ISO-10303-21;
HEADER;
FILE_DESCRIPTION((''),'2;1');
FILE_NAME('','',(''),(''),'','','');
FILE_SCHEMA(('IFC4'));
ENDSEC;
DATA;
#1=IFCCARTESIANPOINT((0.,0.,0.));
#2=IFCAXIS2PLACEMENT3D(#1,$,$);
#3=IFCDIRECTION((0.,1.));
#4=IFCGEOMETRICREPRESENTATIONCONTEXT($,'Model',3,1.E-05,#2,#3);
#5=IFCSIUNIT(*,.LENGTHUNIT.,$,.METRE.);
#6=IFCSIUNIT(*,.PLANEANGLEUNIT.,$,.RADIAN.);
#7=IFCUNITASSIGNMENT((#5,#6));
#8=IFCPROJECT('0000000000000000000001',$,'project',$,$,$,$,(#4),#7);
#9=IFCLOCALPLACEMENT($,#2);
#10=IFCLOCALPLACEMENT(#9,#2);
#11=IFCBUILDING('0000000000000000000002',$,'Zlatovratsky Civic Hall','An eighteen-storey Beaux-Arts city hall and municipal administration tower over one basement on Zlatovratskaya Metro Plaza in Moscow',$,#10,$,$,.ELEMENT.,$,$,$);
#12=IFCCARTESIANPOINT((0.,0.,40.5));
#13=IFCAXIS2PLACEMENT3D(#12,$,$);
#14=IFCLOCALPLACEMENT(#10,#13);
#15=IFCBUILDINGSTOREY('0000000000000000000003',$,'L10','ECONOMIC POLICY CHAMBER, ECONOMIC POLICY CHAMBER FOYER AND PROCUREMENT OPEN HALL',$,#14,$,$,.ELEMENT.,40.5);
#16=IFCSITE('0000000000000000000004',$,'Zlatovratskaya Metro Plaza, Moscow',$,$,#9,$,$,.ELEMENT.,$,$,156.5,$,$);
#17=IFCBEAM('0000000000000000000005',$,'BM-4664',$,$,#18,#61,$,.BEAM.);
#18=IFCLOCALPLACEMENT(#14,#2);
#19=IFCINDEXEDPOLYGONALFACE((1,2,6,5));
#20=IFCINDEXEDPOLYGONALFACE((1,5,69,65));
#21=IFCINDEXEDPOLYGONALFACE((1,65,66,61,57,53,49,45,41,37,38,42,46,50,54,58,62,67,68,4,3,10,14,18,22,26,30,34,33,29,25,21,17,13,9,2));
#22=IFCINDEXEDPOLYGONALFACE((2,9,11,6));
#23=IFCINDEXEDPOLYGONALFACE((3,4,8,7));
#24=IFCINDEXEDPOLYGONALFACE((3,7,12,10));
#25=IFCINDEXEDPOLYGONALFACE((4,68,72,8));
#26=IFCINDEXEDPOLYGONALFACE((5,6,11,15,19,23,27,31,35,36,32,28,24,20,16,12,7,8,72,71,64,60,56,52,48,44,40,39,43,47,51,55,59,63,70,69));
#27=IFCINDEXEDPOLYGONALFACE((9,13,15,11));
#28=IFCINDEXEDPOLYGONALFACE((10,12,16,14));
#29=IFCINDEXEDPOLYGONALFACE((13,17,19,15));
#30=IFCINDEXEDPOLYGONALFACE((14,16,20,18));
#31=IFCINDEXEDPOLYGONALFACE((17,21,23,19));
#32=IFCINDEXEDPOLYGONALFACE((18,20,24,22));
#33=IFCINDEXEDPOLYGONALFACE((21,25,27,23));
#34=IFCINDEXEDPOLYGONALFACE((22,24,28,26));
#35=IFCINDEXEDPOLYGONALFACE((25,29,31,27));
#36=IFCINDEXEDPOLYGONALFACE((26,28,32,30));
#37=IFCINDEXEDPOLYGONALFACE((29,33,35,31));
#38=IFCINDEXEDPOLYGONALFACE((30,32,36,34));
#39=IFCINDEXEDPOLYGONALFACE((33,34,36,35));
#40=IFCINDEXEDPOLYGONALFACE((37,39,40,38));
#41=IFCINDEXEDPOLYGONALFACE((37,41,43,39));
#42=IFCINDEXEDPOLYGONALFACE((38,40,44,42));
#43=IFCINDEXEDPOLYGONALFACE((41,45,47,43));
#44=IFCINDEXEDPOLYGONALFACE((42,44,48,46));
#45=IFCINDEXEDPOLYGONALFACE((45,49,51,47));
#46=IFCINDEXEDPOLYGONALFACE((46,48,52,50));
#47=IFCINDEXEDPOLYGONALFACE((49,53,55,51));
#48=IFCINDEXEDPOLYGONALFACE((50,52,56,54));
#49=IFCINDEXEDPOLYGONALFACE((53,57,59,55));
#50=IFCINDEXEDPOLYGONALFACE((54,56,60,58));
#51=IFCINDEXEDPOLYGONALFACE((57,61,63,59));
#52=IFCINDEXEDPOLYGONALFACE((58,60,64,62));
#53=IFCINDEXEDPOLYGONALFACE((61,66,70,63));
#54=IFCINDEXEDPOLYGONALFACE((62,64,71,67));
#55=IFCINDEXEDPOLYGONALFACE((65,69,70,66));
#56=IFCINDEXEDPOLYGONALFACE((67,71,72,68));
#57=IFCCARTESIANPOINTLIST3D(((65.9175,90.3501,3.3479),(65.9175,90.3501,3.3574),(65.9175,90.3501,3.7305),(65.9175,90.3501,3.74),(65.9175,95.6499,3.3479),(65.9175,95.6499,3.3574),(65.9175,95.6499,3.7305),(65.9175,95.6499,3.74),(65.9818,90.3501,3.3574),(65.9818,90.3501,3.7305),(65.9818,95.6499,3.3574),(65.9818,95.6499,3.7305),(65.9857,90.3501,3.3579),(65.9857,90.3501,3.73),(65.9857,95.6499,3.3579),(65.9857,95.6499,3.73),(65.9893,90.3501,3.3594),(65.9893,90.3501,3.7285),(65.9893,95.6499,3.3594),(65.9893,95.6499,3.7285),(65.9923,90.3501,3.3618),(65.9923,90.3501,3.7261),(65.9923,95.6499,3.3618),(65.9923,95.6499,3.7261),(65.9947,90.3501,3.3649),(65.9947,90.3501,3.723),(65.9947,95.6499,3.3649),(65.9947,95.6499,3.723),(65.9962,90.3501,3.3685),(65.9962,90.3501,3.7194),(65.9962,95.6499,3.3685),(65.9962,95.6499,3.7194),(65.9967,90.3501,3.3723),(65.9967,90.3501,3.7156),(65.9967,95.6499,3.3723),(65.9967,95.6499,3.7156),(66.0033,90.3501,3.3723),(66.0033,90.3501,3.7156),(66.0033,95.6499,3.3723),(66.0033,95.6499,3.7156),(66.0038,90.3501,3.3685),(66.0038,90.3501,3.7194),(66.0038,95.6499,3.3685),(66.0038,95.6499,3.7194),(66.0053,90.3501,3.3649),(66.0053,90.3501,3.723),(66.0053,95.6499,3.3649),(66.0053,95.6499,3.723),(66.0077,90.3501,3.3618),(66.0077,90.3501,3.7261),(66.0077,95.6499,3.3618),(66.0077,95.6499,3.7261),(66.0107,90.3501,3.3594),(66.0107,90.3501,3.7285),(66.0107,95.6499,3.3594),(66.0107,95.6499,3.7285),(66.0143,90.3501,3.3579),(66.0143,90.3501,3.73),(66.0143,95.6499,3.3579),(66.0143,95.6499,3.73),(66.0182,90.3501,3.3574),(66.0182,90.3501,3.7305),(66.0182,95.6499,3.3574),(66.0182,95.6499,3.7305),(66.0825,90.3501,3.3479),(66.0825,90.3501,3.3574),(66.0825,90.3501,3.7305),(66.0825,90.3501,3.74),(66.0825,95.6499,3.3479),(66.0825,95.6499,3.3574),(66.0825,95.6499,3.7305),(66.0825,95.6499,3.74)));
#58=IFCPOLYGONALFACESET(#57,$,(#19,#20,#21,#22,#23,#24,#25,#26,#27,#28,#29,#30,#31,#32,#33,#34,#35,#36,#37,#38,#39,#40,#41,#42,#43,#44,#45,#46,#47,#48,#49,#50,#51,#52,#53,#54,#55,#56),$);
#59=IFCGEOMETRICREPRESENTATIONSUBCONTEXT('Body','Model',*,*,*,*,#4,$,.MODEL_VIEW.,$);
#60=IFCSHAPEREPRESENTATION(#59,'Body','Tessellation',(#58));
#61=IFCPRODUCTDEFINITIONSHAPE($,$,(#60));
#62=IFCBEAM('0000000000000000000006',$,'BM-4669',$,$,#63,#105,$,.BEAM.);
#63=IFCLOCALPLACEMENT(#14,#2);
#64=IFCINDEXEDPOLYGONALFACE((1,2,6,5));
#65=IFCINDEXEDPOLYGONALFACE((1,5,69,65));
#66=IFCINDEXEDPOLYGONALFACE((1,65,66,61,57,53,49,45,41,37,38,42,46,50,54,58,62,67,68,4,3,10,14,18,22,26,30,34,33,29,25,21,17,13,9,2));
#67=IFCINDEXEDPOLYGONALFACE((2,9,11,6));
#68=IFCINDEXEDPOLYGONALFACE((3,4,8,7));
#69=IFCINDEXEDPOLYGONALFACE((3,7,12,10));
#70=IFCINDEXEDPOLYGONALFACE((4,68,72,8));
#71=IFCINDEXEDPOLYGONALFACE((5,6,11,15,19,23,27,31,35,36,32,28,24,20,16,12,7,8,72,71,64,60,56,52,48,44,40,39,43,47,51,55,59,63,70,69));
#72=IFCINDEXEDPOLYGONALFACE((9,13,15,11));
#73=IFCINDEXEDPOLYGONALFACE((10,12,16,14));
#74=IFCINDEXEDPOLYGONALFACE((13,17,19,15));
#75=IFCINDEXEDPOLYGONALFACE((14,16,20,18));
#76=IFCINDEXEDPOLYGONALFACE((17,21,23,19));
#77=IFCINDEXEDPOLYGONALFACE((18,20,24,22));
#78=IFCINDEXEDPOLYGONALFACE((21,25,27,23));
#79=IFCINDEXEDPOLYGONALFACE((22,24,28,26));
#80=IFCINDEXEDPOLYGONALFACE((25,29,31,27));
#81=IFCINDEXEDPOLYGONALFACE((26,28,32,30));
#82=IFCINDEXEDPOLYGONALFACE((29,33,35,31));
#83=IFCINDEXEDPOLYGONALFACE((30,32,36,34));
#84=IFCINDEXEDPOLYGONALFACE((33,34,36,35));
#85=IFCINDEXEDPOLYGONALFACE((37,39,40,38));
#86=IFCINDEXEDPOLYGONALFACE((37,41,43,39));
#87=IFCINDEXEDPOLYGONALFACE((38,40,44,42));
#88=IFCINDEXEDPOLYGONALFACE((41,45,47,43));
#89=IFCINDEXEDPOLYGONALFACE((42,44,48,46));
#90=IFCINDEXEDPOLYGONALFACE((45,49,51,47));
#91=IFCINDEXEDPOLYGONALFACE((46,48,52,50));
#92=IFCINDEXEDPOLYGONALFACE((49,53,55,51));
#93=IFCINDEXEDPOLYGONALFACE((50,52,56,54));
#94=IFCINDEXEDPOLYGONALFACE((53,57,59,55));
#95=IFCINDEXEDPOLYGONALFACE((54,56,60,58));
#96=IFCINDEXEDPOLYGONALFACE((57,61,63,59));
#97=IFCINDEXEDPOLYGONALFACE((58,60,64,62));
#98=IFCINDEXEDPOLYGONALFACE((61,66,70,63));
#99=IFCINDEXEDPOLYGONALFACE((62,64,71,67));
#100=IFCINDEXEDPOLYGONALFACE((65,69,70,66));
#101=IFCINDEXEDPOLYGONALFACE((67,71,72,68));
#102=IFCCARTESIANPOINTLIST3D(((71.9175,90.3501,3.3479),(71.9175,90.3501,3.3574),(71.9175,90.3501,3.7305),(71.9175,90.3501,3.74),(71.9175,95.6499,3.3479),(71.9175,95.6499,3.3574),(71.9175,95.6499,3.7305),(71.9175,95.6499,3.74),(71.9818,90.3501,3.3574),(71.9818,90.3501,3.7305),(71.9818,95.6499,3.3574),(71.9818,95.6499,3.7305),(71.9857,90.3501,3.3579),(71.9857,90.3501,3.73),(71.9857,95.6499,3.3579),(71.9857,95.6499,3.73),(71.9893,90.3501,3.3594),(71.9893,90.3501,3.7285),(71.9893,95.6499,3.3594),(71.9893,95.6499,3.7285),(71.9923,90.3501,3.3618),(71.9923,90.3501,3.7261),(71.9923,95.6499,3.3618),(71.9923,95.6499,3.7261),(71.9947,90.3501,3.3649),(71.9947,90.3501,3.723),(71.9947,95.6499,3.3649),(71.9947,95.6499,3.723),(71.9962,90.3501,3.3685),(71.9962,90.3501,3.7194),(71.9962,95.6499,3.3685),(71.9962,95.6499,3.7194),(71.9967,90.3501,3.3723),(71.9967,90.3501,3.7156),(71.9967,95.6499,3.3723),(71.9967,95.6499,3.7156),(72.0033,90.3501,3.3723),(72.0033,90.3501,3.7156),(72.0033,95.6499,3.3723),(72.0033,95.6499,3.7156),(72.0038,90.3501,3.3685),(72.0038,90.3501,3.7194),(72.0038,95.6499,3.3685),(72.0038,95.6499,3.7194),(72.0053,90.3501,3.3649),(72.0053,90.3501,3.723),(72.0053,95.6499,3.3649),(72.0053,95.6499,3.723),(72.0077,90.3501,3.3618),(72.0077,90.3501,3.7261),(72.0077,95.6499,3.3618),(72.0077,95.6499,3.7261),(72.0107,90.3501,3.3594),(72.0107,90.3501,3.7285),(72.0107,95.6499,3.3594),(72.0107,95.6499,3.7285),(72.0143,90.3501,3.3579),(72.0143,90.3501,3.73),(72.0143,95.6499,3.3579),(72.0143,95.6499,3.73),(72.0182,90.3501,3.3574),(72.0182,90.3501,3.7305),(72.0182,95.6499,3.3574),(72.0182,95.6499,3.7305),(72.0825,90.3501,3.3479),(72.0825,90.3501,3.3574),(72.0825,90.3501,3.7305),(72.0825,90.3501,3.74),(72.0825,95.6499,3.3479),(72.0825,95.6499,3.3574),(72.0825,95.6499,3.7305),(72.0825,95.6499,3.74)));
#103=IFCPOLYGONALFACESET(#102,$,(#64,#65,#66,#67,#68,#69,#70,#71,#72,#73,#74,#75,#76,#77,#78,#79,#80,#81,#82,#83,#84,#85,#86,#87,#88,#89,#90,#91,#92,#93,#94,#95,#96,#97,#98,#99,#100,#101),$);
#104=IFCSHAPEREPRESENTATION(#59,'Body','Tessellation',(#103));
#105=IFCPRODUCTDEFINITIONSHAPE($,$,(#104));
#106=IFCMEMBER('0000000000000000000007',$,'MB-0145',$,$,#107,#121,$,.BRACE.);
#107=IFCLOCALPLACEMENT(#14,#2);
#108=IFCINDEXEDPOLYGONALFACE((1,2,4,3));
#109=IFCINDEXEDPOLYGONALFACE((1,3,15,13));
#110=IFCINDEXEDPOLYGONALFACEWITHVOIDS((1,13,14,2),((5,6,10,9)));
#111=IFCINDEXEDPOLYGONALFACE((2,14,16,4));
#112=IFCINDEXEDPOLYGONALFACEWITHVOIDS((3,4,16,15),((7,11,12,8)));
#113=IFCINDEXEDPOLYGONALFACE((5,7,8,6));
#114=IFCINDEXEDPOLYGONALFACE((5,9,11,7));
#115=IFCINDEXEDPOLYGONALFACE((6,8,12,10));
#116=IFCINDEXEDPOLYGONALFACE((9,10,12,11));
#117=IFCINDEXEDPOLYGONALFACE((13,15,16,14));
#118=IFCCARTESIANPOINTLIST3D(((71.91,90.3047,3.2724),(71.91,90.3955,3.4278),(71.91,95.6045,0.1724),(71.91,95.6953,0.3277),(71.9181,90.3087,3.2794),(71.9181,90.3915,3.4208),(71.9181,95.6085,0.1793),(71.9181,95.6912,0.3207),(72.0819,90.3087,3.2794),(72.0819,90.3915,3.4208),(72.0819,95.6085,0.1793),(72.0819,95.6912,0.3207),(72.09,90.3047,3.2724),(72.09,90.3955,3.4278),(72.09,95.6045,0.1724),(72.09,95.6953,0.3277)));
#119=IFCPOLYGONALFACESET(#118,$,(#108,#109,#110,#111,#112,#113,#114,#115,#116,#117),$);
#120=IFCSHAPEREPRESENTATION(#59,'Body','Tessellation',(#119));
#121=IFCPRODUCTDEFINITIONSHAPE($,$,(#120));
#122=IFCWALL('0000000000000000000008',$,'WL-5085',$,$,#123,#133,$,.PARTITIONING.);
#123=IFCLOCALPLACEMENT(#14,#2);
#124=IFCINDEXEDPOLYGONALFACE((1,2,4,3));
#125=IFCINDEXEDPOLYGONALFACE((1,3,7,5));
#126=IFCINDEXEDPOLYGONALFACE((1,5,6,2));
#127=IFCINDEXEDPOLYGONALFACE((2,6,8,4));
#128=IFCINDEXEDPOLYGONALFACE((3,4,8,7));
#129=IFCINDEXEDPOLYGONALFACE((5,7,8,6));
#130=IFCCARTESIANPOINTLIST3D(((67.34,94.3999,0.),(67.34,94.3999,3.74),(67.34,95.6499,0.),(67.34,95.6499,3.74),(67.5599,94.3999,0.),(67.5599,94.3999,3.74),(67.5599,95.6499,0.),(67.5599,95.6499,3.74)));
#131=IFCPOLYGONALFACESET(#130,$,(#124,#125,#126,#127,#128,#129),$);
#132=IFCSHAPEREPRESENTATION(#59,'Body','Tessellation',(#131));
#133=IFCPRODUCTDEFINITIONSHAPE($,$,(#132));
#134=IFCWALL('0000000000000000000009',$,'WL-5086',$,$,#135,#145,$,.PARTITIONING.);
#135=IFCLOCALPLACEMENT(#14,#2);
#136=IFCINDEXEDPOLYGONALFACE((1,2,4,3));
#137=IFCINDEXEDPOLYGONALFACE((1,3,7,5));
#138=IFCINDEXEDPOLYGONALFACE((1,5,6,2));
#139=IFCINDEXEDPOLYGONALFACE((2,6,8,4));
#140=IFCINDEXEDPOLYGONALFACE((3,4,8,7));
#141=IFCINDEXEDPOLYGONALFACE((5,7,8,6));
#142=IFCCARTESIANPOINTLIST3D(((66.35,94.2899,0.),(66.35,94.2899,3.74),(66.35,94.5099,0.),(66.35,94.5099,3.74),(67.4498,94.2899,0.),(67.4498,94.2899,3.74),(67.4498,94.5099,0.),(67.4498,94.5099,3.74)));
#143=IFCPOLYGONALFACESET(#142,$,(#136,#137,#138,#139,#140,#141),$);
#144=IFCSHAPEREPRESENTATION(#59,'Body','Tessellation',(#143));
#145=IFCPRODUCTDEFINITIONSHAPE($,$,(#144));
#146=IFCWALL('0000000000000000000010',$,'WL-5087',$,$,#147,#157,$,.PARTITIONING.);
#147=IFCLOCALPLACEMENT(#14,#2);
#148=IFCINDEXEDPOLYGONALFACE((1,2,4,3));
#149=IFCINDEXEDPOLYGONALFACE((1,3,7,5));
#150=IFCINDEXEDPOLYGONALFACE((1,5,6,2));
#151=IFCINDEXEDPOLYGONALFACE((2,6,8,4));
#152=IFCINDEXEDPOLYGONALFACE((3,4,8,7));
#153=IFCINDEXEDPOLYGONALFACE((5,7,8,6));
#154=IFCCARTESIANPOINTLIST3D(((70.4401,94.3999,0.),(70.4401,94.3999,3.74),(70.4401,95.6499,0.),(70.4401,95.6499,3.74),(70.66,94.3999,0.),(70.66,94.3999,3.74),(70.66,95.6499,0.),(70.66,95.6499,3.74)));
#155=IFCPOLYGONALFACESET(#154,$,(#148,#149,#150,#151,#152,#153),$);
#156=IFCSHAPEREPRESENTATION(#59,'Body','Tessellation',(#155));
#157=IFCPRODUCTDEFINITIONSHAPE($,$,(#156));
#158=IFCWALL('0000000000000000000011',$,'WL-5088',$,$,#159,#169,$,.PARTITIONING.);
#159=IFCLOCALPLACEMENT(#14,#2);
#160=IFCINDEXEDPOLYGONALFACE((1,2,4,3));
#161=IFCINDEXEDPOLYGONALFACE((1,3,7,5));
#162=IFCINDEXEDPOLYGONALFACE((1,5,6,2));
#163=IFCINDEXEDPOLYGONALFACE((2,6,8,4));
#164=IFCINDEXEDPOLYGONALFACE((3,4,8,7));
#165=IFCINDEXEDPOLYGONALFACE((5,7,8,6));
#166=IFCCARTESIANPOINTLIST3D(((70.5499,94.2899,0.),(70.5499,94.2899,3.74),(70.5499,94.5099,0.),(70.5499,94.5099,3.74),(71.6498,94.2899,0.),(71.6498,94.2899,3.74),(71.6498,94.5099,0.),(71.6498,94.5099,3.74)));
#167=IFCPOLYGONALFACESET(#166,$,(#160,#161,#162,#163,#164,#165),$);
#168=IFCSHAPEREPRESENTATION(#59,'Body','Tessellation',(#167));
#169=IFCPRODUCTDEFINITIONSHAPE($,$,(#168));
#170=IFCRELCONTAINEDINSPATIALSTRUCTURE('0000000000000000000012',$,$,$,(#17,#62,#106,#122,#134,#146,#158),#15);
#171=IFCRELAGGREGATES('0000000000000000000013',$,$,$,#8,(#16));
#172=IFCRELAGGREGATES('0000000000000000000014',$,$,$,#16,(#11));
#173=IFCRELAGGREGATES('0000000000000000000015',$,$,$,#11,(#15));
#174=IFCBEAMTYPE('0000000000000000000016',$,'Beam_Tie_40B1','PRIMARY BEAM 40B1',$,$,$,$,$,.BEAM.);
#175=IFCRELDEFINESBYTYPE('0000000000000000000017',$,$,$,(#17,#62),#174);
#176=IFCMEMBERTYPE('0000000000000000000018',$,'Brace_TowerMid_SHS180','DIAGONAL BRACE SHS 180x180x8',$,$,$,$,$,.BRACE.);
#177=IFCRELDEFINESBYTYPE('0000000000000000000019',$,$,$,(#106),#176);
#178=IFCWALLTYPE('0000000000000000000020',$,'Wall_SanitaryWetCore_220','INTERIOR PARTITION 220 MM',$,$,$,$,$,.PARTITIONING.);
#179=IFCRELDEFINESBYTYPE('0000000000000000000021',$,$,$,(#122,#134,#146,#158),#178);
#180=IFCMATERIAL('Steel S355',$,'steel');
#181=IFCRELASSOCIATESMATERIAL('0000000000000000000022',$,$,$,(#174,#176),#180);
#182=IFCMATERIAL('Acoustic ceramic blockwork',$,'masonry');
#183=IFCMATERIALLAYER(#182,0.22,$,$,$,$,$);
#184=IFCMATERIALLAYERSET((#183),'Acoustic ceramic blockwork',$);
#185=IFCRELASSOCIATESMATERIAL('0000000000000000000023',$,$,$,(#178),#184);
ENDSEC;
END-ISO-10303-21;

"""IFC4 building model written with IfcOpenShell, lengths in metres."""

from ifc_helpers import new_model, si_unit, direction, frame, frame_2d, origin, origin_2d, place, context, subcontext, project, spatial, rectangle, hollow_rectangle, i_section, extrude, material, layer, layer_set, material_profile, profile_set, type_object, element, save


model = new_model("IFC4")

# Units and contexts
model_context = context("Model", 3, precision=1e-05, world=origin(), true_north=direction((0.0, 1.0)))
body_context = subcontext(model_context, "Body", "Model", "MODEL_VIEW")
ifc_project = project(units=[si_unit("LENGTHUNIT", "METRE"), si_unit("PLANEANGLEUNIT", "RADIAN")], contexts=[model_context])

# Site, building, storey
site_placement = place(None, origin())
site = spatial("IfcSite", under=ifc_project, at=site_placement, Name="Zlatovratskaya Metro Plaza, Moscow", CompositionType="ELEMENT", RefElevation=156.5)
building_placement = place(site_placement, origin())
building = spatial("IfcBuilding", under=site, at=building_placement, Name="Zlatovratsky Civic Hall", Description="An eighteen-storey Beaux-Arts city hall and municipal administration tower over one basement on Zlatovratskaya Metro Plaza in Moscow", CompositionType="ELEMENT")
storey_placement = place(building_placement, frame((0.0, 0.0, 40.5)))
storey = spatial("IfcBuildingStorey", under=building, at=storey_placement, Name="L10", Description="ECONOMIC POLICY CHAMBER, ECONOMIC POLICY CHAMBER FOYER AND PROCUREMENT OPEN HALL", CompositionType="ELEMENT", Elevation=40.5)

# Beams
ifc_material_1 = material(Name="Steel S355", Category="steel")
ifc_material_profile_1 = material_profile(ifc_material_1, i_section(OverallWidth=0.165, OverallDepth=0.3921, WebThickness=0.0066, FlangeThickness=0.0095, FilletRadius=0.0149, at=origin_2d()), Name="40B1")
ifc_profile_set_1 = profile_set([ifc_material_profile_1], Name="Steel S355")
beam_type_1 = type_object("IfcBeamType", Name="Beam_Tie_40B1", Description="PRIMARY BEAM 40B1", PredefinedType="BEAM", material=ifc_profile_set_1)
for number, where, z_axis, x_axis, name in (
    (1, (66.0, 90.3501, 3.5439), (0.0, 1.0, 0.0), (-1.0, 0.0, 0.0), "BM-4664"),
    (2, (72.0, 90.3501, 3.5439), (0.0, 1.0, 0.0), (-1.0, 0.0, 0.0), "BM-4669"),
):
    element("IfcBeam", number, at=place(storey_placement, frame(where, z_axis=z_axis, x_axis=x_axis)), inside=storey, type_object=beam_type_1, Name=name, PredefinedType="BEAM", context=body_context, shape_type="SweptSolid", body=[
        extrude(i_section(OverallWidth=0.165, OverallDepth=0.3921, WebThickness=0.0066, FlangeThickness=0.0095, FilletRadius=0.0149, at=origin_2d()), origin(), (0.0, 0.0, 1.0), 5.2998),
    ])

# Member
ifc_material_profile_2 = material_profile(ifc_material_1, hollow_rectangle(XDim=0.1799, YDim=0.1799, WallThickness=0.0081, at=origin_2d()), Name="SHS 180x180x8")
ifc_profile_set_2 = profile_set([ifc_material_profile_2], Name="Steel S355")
member_type = type_object("IfcMemberType", Name="Brace_TowerMid_SHS180", Description="DIAGONAL BRACE SHS 180x180x8", PredefinedType="BRACE", material=ifc_profile_set_2)
member_placement = place(storey_placement, frame((72.0, 90.3501, 3.3501), z_axis=(0.0, 0.863173, -0.504909), x_axis=(-1.0, 0.0, 0.0)))
element("IfcMember", 3, at=member_placement, inside=storey, type_object=member_type, Name="MB-0145", PredefinedType="BRACE", context=body_context, shape_type="SweptSolid", body=[
    extrude(hollow_rectangle(XDim=0.1799, YDim=0.1799, WallThickness=0.0081, at=origin_2d()), origin(), (0.0, 0.0, 1.0), 6.1399),
])

# Walls
ifc_material_2 = material(Name="Acoustic ceramic blockwork", Category="masonry")
ifc_layer_1 = layer(ifc_material_2, 0.22)
ifc_layer_set_1 = layer_set([ifc_layer_1], Name="Acoustic ceramic blockwork")
wall_type_1 = type_object("IfcWallType", Name="Wall_SanitaryWetCore_220", Description="INTERIOR PARTITION 220 MM", PredefinedType="PARTITIONING", material=ifc_layer_set_1)
wall_1_placement = place(storey_placement, frame((67.45, 94.3999, 0.0), z_axis=(0.0, 0.0, 1.0), x_axis=(0.0, 1.0, 0.0)))
element("IfcWall", 4, at=wall_1_placement, inside=storey, type_object=wall_type_1, Name="WL-5085", PredefinedType="PARTITIONING", context=body_context, shape_type="SweptSolid", body=[
    extrude(rectangle(XDim=1.25, YDim=0.22, at=frame_2d((0.625, 0.0))), origin(), (0.0, 0.0, 1.0), 3.74),
])
wall_2_placement = place(storey_placement, frame((66.3501, 94.3999, 0.0), z_axis=(0.0, 0.0, 1.0), x_axis=(1.0, 0.0, 0.0)))
element("IfcWall", 5, at=wall_2_placement, inside=storey, type_object=wall_type_1, Name="WL-5086", PredefinedType="PARTITIONING", context=body_context, shape_type="SweptSolid", body=[
    extrude(rectangle(XDim=1.0999, YDim=0.22, at=frame_2d((0.5498, 0.0))), origin(), (0.0, 0.0, 1.0), 3.74),
])
wall_3_placement = place(storey_placement, frame((70.55, 94.3999, 0.0), z_axis=(0.0, 0.0, 1.0), x_axis=(0.0, 1.0, 0.0)))
element("IfcWall", 6, at=wall_3_placement, inside=storey, type_object=wall_type_1, Name="WL-5087", PredefinedType="PARTITIONING", context=body_context, shape_type="SweptSolid", body=[
    extrude(rectangle(XDim=1.25, YDim=0.22, at=frame_2d((0.625, 0.0))), origin(), (0.0, 0.0, 1.0), 3.74),
])
wall_4_placement = place(storey_placement, frame((70.55, 94.3999, 0.0), z_axis=(0.0, 0.0, 1.0), x_axis=(1.0, 0.0, 0.0)))
element("IfcWall", 7, at=wall_4_placement, inside=storey, type_object=wall_type_1, Name="WL-5088", PredefinedType="PARTITIONING", context=body_context, shape_type="SweptSolid", body=[
    extrude(rectangle(XDim=1.0999, YDim=0.22, at=frame_2d((0.5498, 0.0))), origin(), (0.0, 0.0, 1.0), 3.74),
])

save(model, "model.ifc")
